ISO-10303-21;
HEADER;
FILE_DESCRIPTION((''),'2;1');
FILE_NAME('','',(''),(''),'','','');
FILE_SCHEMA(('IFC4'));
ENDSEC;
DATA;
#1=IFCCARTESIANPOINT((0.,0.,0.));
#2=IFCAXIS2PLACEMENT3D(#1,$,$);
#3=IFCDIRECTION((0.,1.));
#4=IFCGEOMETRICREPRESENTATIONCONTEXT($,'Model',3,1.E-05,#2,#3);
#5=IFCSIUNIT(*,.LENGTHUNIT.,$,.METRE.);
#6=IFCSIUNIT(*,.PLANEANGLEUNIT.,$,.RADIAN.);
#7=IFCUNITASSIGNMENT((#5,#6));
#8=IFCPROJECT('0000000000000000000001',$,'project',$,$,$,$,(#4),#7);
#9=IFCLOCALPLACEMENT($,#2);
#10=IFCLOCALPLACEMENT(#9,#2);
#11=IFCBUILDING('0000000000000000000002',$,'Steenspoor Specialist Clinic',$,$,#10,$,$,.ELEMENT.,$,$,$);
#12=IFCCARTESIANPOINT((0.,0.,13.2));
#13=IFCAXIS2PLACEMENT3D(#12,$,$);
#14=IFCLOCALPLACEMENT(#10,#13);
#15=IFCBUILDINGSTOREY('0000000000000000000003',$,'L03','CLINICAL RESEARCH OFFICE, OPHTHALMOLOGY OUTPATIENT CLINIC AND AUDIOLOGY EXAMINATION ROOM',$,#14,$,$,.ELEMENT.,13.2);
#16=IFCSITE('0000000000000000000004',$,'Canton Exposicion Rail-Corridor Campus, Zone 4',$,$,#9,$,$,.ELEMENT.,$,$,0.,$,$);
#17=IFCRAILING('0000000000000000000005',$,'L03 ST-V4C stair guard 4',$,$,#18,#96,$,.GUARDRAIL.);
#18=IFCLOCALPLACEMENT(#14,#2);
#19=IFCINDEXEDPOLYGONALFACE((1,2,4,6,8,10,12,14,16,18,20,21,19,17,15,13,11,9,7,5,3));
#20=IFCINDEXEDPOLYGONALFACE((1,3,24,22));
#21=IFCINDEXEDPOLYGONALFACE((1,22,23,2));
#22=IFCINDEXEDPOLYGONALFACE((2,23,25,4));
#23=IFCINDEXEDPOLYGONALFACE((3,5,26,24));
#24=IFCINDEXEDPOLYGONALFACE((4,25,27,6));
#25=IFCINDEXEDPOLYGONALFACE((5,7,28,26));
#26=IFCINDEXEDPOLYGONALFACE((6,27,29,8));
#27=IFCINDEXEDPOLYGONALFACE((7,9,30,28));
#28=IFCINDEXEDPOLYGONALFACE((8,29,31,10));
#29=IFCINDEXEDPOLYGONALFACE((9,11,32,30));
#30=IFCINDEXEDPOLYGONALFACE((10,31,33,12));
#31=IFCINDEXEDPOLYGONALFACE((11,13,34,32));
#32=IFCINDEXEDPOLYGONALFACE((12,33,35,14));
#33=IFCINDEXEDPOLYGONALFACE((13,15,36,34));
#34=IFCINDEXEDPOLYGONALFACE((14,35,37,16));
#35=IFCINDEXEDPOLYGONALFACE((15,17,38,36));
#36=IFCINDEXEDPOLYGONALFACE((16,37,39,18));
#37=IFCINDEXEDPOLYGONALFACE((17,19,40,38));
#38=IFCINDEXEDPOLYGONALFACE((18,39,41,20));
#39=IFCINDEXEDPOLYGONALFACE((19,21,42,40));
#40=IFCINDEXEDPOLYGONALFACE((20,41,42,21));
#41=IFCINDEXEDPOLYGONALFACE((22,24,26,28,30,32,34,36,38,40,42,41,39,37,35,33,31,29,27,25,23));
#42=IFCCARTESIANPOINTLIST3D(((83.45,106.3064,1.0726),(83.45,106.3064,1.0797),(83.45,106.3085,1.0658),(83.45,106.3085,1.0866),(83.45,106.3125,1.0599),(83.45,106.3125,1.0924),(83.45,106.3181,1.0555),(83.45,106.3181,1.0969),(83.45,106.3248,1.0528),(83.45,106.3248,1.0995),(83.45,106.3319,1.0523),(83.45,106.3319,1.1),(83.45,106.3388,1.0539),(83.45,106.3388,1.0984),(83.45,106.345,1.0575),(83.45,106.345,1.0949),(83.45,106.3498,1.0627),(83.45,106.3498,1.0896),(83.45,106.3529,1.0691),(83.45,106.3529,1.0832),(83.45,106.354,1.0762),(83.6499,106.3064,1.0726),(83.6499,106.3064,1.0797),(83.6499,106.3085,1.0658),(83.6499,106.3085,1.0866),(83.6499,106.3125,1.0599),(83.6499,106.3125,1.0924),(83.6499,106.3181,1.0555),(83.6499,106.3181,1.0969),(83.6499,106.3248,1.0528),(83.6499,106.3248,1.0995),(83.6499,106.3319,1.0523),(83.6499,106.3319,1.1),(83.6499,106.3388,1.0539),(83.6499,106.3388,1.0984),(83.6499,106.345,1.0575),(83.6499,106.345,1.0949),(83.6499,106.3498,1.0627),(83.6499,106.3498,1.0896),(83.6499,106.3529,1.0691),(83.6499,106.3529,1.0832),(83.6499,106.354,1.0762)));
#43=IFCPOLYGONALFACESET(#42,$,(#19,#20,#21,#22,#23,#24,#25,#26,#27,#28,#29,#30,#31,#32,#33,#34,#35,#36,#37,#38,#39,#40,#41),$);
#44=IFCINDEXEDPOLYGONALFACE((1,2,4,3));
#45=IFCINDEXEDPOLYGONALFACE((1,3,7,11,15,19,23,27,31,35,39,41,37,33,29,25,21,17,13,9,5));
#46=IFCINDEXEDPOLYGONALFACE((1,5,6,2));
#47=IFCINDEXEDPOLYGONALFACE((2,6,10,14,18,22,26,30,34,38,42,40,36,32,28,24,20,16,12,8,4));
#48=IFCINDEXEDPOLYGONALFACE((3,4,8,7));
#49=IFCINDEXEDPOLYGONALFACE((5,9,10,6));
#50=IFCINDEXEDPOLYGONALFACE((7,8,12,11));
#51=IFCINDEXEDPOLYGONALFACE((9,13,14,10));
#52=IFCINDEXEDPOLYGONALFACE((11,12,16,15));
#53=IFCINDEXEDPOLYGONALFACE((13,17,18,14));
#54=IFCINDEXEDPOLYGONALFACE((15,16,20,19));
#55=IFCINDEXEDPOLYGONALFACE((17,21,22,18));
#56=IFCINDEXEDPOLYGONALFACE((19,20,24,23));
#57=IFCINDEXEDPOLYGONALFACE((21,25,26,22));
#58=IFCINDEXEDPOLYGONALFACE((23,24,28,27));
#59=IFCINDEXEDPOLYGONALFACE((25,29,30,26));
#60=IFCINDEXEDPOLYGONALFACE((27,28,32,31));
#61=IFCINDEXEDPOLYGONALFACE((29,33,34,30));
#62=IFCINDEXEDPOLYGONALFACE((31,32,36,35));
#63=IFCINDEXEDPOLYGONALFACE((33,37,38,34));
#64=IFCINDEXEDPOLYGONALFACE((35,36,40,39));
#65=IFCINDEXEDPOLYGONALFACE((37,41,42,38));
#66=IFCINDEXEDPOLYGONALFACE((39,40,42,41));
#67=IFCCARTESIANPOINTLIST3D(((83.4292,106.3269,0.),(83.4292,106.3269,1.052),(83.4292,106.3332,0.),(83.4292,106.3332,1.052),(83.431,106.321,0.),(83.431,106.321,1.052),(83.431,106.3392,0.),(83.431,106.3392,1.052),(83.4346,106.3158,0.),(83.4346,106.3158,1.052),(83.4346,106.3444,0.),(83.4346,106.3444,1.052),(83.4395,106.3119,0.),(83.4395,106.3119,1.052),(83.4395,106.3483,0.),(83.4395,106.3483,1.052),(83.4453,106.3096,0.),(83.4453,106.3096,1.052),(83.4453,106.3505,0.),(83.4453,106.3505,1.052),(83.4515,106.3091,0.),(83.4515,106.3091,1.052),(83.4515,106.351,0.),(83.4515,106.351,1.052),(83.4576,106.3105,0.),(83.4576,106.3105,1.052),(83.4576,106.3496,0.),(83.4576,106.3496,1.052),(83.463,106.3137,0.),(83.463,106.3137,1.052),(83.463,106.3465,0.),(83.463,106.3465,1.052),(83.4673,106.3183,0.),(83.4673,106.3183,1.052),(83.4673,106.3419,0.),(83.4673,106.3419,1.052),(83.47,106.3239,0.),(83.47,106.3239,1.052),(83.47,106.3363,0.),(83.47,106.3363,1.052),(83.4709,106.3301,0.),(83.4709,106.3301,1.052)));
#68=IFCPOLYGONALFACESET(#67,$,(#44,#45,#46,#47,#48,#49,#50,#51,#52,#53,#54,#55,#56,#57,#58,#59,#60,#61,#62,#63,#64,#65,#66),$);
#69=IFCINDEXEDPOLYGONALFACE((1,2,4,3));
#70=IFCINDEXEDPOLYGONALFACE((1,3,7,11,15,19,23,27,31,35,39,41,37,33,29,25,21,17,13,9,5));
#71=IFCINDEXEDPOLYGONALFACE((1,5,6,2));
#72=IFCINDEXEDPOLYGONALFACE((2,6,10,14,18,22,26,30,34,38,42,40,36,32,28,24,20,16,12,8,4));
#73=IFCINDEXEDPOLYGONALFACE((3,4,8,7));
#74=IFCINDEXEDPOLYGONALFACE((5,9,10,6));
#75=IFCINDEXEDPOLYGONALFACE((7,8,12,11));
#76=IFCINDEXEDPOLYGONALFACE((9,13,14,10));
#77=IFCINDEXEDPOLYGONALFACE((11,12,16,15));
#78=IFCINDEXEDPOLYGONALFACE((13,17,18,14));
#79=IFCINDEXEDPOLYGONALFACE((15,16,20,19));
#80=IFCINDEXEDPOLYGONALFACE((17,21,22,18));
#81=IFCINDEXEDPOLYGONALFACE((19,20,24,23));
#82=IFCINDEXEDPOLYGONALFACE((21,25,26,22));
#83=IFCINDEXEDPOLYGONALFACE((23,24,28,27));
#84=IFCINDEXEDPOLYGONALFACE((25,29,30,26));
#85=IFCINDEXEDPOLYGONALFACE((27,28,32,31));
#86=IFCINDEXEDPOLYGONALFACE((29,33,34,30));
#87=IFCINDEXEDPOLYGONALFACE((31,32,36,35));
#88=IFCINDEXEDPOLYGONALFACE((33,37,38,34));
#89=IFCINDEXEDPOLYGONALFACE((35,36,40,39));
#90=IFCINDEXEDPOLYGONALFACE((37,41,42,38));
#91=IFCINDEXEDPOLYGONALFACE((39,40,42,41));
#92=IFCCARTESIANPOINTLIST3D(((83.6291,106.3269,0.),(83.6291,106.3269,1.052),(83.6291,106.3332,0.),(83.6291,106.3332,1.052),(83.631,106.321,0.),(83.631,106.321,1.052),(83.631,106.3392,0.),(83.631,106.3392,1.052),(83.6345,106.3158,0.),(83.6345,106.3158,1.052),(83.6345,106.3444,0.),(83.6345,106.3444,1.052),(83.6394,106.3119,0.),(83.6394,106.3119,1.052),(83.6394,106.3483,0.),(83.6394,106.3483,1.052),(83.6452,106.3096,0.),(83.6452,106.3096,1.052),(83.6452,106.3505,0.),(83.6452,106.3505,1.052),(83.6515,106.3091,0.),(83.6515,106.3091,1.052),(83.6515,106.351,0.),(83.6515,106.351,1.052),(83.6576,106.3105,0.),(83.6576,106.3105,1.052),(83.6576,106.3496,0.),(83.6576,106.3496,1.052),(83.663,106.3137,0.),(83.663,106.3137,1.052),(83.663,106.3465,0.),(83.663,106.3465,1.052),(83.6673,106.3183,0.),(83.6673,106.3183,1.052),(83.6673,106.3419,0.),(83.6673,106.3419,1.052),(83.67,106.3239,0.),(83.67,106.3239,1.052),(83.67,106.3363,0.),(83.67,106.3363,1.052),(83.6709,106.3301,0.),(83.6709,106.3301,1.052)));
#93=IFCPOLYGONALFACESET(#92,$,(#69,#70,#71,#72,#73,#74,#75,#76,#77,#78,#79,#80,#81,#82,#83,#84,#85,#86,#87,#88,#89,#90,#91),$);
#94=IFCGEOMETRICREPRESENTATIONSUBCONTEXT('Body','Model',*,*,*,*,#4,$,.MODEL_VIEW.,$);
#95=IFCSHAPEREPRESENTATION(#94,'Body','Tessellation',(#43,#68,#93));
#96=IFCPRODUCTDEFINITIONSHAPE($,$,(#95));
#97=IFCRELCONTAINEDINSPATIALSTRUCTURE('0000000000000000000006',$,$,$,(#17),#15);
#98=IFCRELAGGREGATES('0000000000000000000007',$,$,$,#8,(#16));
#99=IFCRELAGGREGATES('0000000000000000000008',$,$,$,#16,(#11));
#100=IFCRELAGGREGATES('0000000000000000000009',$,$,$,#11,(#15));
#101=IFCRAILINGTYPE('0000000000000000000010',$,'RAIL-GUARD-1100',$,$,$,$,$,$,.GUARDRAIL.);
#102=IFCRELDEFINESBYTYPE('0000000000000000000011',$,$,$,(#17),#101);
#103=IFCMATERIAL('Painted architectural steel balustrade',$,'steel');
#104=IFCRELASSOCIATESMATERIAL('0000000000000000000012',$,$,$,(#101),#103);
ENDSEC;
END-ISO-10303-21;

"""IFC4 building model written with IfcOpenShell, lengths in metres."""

from ifc_helpers import new_model, si_unit, direction, frame, origin, origin_2d, place, context, subcontext, project, spatial, circle, extrude, material, type_object, element, save


model = new_model("IFC4")

# Units and contexts
model_context = context("Model", 3, precision=1e-05, world=origin(), true_north=direction((0.0, 1.0)))
body_context = subcontext(model_context, "Body", "Model", "MODEL_VIEW")
ifc_project = project(units=[si_unit("LENGTHUNIT", "METRE"), si_unit("PLANEANGLEUNIT", "RADIAN")], contexts=[model_context])

# Site, building, storey
site_placement = place(None, origin())
site = spatial("IfcSite", under=ifc_project, at=site_placement, Name="Canton Exposicion Rail-Corridor Campus, Zone 4", CompositionType="ELEMENT", RefElevation=0.0)
building_placement = place(site_placement, origin())
building = spatial("IfcBuilding", under=site, at=building_placement, Name="Steenspoor Specialist Clinic", CompositionType="ELEMENT")
storey_placement = place(building_placement, frame((0.0, 0.0, 13.2)))
storey = spatial("IfcBuildingStorey", under=building, at=storey_placement, Name="L03", Description="CLINICAL RESEARCH OFFICE, OPHTHALMOLOGY OUTPATIENT CLINIC AND AUDIOLOGY EXAMINATION ROOM", CompositionType="ELEMENT", Elevation=13.2)

# Railing
ifc_material_1 = material(Name="Painted architectural steel balustrade", Category="steel")
railing_type_1 = type_object("IfcRailingType", Name="RAIL-GUARD-1100", PredefinedType="GUARDRAIL", material=ifc_material_1)
railing_1_placement = place(storey_placement, frame((83.45, 106.3301, 0.0)))
element("IfcRailing", 1, at=railing_1_placement, inside=storey, type_object=railing_type_1, Name="L03 ST-V4C stair guard 4", PredefinedType="GUARDRAIL", context=body_context, shape_type="SweptSolid", body=[
    extrude(circle(Radius=0.0239, at=origin_2d()), frame((0.0, 0.0, 1.0762), z_axis=(1.0, 0.0, 0.0), x_axis=(0.0, 1.0, 0.0)), (0.0, 0.0, 1.0), 0.2),
    extrude(circle(Radius=0.021, at=origin_2d()), origin(), (0.0, 0.0, 1.0), 1.052),
    extrude(circle(Radius=0.021, at=origin_2d()), frame((0.2, 0.0, 0.0)), (0.0, 0.0, 1.0), 1.052),
])

save(model, "model.ifc")
